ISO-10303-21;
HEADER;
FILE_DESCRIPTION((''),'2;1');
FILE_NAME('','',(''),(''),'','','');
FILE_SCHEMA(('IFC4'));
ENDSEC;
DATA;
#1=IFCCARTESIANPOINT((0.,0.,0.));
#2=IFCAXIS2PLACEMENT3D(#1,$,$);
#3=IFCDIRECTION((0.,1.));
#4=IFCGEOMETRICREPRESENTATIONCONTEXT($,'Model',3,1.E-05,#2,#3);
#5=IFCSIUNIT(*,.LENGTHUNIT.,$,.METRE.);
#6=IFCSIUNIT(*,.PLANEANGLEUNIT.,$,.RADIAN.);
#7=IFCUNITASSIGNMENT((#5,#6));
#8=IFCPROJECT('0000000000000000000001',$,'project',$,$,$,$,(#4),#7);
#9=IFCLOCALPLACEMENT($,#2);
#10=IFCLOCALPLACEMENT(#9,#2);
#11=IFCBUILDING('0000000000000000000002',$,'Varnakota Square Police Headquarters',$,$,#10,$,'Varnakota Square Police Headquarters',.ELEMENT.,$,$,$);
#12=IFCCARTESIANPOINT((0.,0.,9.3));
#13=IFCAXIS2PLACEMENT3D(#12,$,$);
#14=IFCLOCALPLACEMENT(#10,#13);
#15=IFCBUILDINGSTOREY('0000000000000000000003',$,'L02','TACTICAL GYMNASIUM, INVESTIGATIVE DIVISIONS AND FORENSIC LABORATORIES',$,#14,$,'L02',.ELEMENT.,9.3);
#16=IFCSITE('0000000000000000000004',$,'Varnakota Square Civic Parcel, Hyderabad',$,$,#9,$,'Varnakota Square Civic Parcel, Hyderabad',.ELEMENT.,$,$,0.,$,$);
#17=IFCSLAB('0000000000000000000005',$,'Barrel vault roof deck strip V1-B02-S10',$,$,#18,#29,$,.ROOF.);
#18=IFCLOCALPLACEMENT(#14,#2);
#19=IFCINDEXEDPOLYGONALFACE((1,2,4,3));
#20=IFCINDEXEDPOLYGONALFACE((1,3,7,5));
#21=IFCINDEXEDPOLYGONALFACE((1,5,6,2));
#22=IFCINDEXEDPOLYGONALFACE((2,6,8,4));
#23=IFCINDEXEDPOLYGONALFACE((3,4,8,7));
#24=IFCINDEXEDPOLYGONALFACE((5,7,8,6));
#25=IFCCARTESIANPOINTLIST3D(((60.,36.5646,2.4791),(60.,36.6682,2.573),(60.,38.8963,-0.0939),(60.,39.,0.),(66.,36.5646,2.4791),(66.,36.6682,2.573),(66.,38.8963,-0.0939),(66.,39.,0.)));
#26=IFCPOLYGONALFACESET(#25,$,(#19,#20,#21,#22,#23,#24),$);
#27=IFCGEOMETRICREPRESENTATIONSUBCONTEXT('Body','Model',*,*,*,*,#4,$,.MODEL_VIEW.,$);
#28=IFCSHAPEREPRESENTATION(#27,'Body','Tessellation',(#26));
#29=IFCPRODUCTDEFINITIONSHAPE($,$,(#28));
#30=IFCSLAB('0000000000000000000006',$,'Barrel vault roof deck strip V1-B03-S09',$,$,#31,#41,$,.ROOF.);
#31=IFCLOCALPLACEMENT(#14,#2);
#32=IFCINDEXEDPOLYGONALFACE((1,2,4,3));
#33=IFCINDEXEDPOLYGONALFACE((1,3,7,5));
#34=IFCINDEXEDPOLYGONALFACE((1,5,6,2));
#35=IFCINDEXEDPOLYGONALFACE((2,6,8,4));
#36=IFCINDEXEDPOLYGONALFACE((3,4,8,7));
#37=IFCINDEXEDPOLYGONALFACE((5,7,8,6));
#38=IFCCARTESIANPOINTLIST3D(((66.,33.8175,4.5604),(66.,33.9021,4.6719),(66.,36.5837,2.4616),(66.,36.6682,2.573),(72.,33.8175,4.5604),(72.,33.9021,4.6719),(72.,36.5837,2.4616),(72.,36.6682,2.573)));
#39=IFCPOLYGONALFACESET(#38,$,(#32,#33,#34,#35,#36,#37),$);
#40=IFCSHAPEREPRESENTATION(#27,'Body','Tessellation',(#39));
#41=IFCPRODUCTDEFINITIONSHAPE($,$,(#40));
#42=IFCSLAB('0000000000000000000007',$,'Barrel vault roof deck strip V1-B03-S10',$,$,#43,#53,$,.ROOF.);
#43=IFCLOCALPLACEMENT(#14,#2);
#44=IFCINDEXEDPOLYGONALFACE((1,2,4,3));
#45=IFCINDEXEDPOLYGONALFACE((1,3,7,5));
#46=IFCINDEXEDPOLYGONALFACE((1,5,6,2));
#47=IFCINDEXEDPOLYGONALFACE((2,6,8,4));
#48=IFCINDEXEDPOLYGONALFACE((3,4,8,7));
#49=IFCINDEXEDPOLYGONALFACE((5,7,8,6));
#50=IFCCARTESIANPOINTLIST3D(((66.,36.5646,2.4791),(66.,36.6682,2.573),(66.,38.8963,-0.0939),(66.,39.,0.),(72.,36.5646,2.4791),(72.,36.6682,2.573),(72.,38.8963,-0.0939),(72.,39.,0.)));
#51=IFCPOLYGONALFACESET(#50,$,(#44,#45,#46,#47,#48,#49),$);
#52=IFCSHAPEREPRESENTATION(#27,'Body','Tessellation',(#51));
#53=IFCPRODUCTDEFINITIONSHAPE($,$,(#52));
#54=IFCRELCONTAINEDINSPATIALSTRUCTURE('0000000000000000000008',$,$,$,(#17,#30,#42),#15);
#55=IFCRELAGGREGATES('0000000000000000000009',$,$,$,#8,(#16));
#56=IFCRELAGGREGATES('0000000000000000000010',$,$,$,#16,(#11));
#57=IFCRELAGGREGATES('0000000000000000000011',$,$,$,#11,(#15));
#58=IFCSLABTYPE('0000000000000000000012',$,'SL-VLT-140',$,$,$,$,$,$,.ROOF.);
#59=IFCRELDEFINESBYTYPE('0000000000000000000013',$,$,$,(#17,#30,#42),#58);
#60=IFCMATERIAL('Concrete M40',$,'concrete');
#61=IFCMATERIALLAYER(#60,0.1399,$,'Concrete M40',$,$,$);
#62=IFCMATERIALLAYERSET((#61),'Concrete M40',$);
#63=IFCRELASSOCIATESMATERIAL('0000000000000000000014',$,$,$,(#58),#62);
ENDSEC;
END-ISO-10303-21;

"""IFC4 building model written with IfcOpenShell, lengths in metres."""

from ifc_helpers import new_model, si_unit, direction, frame, origin, place, context, subcontext, project, spatial, polyline, outline, extrude, material, layer, layer_set, type_object, element, save


model = new_model("IFC4")

# Units and contexts
model_context = context("Model", 3, precision=1e-05, world=origin(), true_north=direction((0.0, 1.0)))
body_context = subcontext(model_context, "Body", "Model", "MODEL_VIEW")
ifc_project = project(units=[si_unit("LENGTHUNIT", "METRE"), si_unit("PLANEANGLEUNIT", "RADIAN")], contexts=[model_context])

# Site, building, storey
site_placement = place(None, origin())
site = spatial("IfcSite", under=ifc_project, at=site_placement, Name="Varnakota Square Civic Parcel, Hyderabad", LongName="Varnakota Square Civic Parcel, Hyderabad", CompositionType="ELEMENT", RefElevation=0.0)
building_placement = place(site_placement, origin())
building = spatial("IfcBuilding", under=site, at=building_placement, Name="Varnakota Square Police Headquarters", LongName="Varnakota Square Police Headquarters", CompositionType="ELEMENT")
storey_placement = place(building_placement, frame((0.0, 0.0, 9.3)))
storey = spatial("IfcBuildingStorey", under=building, at=storey_placement, Name="L02", Description="TACTICAL GYMNASIUM, INVESTIGATIVE DIVISIONS AND FORENSIC LABORATORIES", LongName="L02", CompositionType="ELEMENT", Elevation=9.3)

# Slabs
ifc_material_1 = material(Name="Concrete M40", Category="concrete")
ifc_layer_1 = layer(ifc_material_1, 0.1399, Name="Concrete M40")
ifc_layer_set_1 = layer_set([ifc_layer_1], Name="Concrete M40")
slab_type = type_object("IfcSlabType", Name="SL-VLT-140", PredefinedType="ROOF", material=ifc_layer_set_1)
slab_1_placement = place(storey_placement, frame((60.0, 36.6682, 2.573), z_axis=(0.0, 0.740986, 0.671521), x_axis=(1.0, 0.0, 0.0)))
element("IfcSlab", 1, at=slab_1_placement, inside=storey, type_object=slab_type, Name="Barrel vault roof deck strip V1-B02-S10", PredefinedType="ROOF", context=body_context, shape_type="SweptSolid", body=[
    extrude(outline(polyline([(0.0, 0.0), (6.0, 0.0), (6.0, 3.4724), (0.0, 3.4724), (0.0, 0.0)])), origin(), (0.0, 0.0, -1.0), 0.1399),
])
slab_2_placement = place(storey_placement, frame((66.0, 33.9021, 4.6719), z_axis=(0.0, 0.604468, 0.796629), x_axis=(1.0, 0.0, 0.0)))
element("IfcSlab", 2, at=slab_2_placement, inside=storey, type_object=slab_type, Name="Barrel vault roof deck strip V1-B03-S09", PredefinedType="ROOF", context=body_context, shape_type="SweptSolid", body=[
    extrude(outline(polyline([(0.0, 0.0), (6.0, 0.0), (6.0, 3.4723), (0.0, 3.4723), (0.0, 0.0)])), origin(), (0.0, 0.0, -1.0), 0.1399),
])
slab_3_placement = place(storey_placement, frame((66.0, 36.6682, 2.573), z_axis=(0.0, 0.740986, 0.671521), x_axis=(1.0, 0.0, 0.0)))
element("IfcSlab", 3, at=slab_3_placement, inside=storey, type_object=slab_type, Name="Barrel vault roof deck strip V1-B03-S10", PredefinedType="ROOF", context=body_context, shape_type="SweptSolid", body=[
    extrude(outline(polyline([(0.0, 0.0), (6.0, 0.0), (6.0, 3.4724), (0.0, 3.4724), (0.0, 0.0)])), origin(), (0.0, 0.0, -1.0), 0.1399),
])

save(model, "model.ifc")
